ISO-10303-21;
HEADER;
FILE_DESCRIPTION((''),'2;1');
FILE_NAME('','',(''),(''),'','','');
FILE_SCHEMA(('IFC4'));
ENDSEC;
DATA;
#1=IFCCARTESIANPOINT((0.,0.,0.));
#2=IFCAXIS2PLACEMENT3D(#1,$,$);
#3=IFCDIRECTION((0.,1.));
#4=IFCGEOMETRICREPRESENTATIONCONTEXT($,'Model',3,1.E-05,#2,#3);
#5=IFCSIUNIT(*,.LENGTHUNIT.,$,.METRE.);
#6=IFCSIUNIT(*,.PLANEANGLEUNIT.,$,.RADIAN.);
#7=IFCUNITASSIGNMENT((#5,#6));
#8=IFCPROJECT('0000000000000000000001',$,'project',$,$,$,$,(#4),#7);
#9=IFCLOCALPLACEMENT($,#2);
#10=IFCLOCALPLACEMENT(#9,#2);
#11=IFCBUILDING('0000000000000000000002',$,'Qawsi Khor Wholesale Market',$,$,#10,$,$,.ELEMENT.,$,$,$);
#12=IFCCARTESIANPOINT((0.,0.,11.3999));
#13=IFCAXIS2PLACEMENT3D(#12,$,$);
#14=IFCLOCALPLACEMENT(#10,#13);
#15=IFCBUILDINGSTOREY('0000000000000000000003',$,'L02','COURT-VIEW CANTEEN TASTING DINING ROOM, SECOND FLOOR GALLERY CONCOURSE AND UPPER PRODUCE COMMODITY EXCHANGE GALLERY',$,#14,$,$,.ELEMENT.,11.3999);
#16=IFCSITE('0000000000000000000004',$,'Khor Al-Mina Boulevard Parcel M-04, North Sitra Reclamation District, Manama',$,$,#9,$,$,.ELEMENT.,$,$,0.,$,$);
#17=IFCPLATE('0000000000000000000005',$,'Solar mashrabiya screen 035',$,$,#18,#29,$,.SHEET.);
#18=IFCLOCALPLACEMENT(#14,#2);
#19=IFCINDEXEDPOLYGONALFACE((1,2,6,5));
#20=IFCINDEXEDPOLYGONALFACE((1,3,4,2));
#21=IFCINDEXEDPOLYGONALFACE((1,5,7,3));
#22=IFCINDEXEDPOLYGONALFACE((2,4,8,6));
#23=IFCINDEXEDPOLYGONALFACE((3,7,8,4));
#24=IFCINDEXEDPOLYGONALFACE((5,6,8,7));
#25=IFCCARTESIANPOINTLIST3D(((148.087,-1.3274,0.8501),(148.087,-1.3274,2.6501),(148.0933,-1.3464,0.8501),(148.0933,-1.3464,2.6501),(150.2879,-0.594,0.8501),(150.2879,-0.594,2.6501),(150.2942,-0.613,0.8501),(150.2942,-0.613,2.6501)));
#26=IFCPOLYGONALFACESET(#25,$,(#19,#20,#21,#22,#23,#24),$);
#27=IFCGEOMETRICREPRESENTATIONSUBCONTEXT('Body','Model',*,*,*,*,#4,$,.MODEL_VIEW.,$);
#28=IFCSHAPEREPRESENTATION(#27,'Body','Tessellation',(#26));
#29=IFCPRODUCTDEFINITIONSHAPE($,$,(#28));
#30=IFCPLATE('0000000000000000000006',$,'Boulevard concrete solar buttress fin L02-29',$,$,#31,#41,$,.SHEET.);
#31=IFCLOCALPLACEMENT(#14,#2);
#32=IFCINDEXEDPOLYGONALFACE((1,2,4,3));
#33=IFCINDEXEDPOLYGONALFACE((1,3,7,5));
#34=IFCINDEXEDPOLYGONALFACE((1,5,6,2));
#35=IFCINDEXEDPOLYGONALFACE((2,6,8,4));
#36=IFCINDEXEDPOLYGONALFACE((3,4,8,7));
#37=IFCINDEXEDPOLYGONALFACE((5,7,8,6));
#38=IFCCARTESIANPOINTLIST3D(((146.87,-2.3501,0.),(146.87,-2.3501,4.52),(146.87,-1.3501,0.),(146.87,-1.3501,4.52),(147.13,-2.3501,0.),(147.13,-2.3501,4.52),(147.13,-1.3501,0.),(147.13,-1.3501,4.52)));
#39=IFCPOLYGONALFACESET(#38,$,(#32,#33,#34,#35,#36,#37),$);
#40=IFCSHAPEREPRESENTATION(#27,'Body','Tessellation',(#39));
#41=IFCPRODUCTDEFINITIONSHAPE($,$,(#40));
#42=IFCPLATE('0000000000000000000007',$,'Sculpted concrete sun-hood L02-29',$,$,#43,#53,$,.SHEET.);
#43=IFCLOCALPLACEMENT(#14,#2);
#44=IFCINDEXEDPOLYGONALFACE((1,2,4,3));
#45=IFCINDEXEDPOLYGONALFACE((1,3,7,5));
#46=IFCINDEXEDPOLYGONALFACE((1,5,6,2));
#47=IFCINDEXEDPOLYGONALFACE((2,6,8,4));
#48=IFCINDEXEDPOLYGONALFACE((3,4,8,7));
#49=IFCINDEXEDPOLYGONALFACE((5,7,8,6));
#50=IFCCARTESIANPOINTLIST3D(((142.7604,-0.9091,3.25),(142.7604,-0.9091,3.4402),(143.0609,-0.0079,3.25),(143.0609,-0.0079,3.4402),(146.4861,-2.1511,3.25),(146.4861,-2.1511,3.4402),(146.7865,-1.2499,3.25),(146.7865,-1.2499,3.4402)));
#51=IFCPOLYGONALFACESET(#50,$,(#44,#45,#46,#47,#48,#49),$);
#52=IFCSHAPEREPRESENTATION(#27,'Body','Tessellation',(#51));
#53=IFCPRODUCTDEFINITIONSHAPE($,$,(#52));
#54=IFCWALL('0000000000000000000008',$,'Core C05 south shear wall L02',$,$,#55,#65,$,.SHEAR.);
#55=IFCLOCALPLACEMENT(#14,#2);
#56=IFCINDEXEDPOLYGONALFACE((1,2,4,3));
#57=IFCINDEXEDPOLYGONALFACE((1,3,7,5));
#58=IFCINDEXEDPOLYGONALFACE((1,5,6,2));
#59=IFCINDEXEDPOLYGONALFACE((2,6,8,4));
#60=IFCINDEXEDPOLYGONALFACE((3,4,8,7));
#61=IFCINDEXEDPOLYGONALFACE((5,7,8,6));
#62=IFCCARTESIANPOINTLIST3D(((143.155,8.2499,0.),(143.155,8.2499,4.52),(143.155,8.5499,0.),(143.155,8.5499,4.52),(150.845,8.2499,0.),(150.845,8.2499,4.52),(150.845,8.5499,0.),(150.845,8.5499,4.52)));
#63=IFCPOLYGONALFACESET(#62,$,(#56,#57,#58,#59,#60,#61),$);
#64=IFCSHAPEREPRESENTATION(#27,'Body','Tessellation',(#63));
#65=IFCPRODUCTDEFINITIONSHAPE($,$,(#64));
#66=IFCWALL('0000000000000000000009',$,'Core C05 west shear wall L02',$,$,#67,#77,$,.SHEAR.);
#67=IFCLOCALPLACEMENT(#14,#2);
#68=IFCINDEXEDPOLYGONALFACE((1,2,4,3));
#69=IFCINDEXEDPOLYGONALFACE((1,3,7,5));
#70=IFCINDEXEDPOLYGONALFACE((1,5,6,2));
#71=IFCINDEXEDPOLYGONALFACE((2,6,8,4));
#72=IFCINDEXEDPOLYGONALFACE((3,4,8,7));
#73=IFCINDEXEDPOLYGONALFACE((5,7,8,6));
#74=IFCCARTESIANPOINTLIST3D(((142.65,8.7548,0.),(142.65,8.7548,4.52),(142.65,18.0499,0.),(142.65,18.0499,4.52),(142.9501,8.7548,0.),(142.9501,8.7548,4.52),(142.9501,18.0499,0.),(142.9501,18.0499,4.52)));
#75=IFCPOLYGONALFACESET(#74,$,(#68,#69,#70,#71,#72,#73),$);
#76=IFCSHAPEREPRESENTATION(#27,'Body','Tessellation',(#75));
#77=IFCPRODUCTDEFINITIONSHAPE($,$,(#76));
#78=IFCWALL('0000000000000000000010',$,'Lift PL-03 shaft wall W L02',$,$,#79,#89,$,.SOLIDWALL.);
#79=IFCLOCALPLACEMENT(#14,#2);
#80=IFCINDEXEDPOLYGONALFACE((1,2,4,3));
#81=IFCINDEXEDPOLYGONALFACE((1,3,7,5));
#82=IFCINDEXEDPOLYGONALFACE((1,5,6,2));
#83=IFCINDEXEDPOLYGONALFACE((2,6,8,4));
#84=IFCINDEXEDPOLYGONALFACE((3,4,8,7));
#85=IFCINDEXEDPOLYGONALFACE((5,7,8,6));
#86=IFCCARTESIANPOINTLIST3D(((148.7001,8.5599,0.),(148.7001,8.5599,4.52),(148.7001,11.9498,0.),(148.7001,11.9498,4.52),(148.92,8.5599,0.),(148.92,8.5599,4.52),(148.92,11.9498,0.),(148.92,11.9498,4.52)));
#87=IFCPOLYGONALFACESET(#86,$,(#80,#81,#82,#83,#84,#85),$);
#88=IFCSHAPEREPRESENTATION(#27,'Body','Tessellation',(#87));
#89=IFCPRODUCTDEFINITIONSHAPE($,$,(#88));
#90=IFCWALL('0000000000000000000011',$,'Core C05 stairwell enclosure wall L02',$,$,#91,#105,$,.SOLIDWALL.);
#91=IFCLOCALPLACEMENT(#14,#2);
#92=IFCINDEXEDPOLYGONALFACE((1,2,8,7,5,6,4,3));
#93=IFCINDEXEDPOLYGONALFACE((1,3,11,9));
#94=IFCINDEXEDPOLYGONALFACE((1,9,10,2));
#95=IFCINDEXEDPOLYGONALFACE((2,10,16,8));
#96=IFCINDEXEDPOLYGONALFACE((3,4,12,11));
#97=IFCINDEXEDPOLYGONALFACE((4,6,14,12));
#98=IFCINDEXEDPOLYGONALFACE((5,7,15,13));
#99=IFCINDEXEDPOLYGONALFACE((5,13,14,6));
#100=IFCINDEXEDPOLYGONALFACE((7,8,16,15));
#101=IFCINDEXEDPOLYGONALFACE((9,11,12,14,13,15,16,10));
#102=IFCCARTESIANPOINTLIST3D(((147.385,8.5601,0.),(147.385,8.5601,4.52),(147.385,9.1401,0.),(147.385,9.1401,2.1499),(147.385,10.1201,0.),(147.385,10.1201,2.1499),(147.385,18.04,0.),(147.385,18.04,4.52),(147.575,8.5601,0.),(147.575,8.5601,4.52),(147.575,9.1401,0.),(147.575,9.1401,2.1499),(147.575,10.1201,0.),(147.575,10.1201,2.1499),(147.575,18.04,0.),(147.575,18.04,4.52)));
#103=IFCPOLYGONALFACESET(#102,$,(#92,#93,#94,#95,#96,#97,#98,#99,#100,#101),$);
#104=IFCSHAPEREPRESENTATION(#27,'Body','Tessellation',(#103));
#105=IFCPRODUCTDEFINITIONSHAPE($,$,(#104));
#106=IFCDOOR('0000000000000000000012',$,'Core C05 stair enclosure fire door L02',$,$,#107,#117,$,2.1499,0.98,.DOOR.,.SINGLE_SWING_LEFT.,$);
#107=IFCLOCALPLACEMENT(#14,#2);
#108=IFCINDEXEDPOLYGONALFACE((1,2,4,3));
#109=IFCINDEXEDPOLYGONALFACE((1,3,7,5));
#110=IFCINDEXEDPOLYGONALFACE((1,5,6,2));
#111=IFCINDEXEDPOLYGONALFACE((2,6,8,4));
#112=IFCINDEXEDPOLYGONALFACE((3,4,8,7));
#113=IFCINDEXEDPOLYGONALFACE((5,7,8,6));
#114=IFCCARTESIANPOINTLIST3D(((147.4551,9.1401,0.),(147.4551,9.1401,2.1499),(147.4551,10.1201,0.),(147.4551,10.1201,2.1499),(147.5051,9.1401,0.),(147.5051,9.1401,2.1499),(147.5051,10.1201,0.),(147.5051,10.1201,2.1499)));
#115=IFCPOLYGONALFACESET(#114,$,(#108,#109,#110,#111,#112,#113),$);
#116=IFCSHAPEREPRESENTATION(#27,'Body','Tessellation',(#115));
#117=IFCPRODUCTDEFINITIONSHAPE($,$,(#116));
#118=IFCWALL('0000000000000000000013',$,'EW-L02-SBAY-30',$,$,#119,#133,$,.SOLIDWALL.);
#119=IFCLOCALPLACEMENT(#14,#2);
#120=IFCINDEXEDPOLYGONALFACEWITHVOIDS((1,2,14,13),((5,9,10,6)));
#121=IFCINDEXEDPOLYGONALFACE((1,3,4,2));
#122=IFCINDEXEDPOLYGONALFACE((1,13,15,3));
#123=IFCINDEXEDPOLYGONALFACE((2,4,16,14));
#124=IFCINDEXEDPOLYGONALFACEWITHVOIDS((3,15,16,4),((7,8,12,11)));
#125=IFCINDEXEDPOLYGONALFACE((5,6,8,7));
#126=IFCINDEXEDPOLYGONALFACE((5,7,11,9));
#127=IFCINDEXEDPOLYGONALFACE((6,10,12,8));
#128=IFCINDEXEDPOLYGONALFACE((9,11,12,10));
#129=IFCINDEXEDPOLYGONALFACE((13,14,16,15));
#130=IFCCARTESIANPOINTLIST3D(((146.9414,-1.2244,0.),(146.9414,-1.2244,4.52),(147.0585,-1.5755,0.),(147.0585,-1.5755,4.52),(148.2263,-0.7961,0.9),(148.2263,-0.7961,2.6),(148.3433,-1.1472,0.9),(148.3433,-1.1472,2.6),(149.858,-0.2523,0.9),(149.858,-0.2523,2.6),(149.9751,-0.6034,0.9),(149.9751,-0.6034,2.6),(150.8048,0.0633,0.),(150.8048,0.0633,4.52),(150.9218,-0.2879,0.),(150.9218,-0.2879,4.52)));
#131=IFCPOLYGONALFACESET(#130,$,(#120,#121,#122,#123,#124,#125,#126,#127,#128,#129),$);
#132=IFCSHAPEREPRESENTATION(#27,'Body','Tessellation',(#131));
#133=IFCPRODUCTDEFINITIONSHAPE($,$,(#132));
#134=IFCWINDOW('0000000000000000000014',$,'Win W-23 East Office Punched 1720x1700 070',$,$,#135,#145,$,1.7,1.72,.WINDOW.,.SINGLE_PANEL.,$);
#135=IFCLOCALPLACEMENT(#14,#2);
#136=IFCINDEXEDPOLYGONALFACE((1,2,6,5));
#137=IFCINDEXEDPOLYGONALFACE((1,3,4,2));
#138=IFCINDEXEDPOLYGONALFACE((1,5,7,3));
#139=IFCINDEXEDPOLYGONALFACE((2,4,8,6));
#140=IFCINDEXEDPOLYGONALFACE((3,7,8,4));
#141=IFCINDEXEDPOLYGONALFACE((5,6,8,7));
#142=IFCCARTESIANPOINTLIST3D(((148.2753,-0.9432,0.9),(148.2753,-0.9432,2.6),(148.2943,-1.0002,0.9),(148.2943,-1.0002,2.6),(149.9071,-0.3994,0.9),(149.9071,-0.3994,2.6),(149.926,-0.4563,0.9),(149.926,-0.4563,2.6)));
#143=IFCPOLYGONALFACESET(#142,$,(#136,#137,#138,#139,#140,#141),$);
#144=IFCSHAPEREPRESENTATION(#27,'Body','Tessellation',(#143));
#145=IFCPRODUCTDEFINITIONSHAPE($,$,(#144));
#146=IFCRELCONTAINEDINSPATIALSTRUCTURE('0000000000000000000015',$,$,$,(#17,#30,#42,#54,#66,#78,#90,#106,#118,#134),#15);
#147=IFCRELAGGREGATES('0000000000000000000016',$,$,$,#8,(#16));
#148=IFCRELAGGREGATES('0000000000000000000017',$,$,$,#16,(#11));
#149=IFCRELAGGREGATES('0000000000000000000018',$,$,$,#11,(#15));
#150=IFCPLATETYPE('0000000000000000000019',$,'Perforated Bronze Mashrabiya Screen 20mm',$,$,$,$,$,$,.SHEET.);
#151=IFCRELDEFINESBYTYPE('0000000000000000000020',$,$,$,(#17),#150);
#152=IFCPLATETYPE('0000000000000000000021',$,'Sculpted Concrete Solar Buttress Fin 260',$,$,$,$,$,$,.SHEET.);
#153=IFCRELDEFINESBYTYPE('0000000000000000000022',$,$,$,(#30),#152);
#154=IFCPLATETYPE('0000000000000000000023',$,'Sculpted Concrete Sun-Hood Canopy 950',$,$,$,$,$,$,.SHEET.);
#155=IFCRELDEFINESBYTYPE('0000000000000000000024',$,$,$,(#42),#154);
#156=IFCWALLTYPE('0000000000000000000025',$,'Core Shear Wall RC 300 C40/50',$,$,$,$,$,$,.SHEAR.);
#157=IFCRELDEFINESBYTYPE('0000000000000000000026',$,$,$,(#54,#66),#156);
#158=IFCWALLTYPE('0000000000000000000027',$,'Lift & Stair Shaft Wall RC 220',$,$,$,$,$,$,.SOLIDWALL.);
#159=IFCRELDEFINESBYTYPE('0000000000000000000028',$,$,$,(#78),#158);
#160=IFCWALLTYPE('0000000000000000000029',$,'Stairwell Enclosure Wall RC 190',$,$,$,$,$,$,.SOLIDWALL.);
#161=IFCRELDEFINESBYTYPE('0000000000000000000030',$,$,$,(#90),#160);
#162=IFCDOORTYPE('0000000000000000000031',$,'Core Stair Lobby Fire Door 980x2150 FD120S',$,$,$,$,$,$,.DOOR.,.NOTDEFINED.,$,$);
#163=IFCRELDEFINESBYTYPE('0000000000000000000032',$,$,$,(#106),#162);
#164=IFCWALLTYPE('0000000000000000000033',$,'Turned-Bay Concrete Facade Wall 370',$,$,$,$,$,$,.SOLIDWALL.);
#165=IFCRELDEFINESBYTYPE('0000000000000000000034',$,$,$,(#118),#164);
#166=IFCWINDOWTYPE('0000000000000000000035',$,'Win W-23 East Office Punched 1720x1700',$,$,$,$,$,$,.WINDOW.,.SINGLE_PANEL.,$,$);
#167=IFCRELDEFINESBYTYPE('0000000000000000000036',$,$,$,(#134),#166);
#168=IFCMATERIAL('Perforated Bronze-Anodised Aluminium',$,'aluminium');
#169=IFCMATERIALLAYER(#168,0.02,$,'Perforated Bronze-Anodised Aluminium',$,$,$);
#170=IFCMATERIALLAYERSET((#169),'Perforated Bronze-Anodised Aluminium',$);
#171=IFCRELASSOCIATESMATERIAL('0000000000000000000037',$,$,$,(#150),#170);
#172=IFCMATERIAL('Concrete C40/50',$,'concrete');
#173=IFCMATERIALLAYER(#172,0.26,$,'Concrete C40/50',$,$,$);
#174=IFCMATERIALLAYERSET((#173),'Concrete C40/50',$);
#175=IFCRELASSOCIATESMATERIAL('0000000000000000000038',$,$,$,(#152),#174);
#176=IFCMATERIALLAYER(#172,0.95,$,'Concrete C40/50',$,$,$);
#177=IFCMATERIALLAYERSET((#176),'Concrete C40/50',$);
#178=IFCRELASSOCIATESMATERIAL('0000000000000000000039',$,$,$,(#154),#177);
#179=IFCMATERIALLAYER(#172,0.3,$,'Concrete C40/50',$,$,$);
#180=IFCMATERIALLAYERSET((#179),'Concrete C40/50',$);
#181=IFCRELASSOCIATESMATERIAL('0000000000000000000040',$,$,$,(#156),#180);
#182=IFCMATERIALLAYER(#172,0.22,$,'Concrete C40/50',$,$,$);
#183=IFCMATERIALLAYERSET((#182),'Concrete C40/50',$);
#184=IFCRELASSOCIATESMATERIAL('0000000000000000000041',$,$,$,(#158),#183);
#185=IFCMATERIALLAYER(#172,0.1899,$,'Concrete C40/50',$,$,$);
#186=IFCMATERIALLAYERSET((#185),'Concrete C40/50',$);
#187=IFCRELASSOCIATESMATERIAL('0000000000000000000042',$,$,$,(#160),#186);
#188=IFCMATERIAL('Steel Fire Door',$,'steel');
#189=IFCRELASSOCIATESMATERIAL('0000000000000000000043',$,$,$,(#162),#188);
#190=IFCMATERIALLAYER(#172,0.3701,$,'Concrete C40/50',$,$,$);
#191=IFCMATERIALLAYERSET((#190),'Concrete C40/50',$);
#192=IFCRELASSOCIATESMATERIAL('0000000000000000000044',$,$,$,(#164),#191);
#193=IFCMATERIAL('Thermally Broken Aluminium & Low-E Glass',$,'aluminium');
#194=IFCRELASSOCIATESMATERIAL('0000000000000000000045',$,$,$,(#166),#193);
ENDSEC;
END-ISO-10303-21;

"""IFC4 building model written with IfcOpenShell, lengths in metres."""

from ifc_helpers import new_model, si_unit, direction, frame, frame_2d, origin, place, context, subcontext, project, spatial, rectangle, extrude, material, layer, layer_set, type_object, element, fill, save


model = new_model("IFC4")

# Units and contexts
model_context = context("Model", 3, precision=1e-05, world=origin(), true_north=direction((0.0, 1.0)))
body_context = subcontext(model_context, "Body", "Model", "MODEL_VIEW")
ifc_project = project(units=[si_unit("LENGTHUNIT", "METRE"), si_unit("PLANEANGLEUNIT", "RADIAN")], contexts=[model_context])

# Site, building, storey
site_placement = place(None, origin())
site = spatial("IfcSite", under=ifc_project, at=site_placement, Name="Khor Al-Mina Boulevard Parcel M-04, North Sitra Reclamation District, Manama", CompositionType="ELEMENT", RefElevation=0.0)
building_placement = place(site_placement, origin())
building = spatial("IfcBuilding", under=site, at=building_placement, Name="Qawsi Khor Wholesale Market", CompositionType="ELEMENT")
storey_placement = place(building_placement, frame((0.0, 0.0, 11.3999)))
storey = spatial("IfcBuildingStorey", under=building, at=storey_placement, Name="L02", Description="COURT-VIEW CANTEEN TASTING DINING ROOM, SECOND FLOOR GALLERY CONCOURSE AND UPPER PRODUCE COMMODITY EXCHANGE GALLERY", CompositionType="ELEMENT", Elevation=11.3999)

# Shared definitions
ifc_material_1 = material(Name="Concrete C40/50", Category="concrete")

# Plates
ifc_material_2 = material(Name="Perforated Bronze-Anodised Aluminium", Category="aluminium")
ifc_layer_1 = layer(ifc_material_2, 0.02, Name="Perforated Bronze-Anodised Aluminium")
ifc_layer_set_1 = layer_set([ifc_layer_1], Name="Perforated Bronze-Anodised Aluminium")
plate_type_1 = type_object("IfcPlateType", Name="Perforated Bronze Mashrabiya Screen 20mm", PredefinedType="SHEET", material=ifc_layer_set_1)
plate_1_placement = place(storey_placement, frame((150.291, -0.6035, 0.8501), z_axis=(0.0, 0.0, 1.0), x_axis=(-0.948715, -0.316133, 0.0)))
element("IfcPlate", 1, at=plate_1_placement, inside=storey, type_object=plate_type_1, Name="Solar mashrabiya screen 035", PredefinedType="SHEET", context=body_context, shape_type="SweptSolid", body=[
    extrude(rectangle(XDim=2.3198, YDim=0.02, at=frame_2d((1.1599, 0.0))), origin(), (0.0, 0.0, 1.0), 1.8),
])
ifc_layer_2 = layer(ifc_material_1, 0.26, Name="Concrete C40/50")
ifc_layer_set_2 = layer_set([ifc_layer_2], Name="Concrete C40/50")
plate_type_2 = type_object("IfcPlateType", Name="Sculpted Concrete Solar Buttress Fin 260", PredefinedType="SHEET", material=ifc_layer_set_2)
plate_2_placement = place(storey_placement, frame((147.0, -2.3501, 0.0), z_axis=(0.0, 0.0, 1.0), x_axis=(0.0, 1.0, 0.0)))
element("IfcPlate", 2, at=plate_2_placement, inside=storey, type_object=plate_type_2, Name="Boulevard concrete solar buttress fin L02-29", PredefinedType="SHEET", context=body_context, shape_type="SweptSolid", body=[
    extrude(rectangle(XDim=1.0, YDim=0.26, at=frame_2d((0.5, 0.0))), origin(), (0.0, 0.0, 1.0), 4.52),
])
ifc_layer_3 = layer(ifc_material_1, 0.95, Name="Concrete C40/50")
ifc_layer_set_3 = layer_set([ifc_layer_3], Name="Concrete C40/50")
plate_type_3 = type_object("IfcPlateType", Name="Sculpted Concrete Sun-Hood Canopy 950", PredefinedType="SHEET", material=ifc_layer_set_3)
plate_3_placement = place(storey_placement, frame((142.9106, -0.4585, 3.25), z_axis=(0.0, 0.0, 1.0), x_axis=(0.948677, -0.316246, 0.0)))
element("IfcPlate", 3, at=plate_3_placement, inside=storey, type_object=plate_type_3, Name="Sculpted concrete sun-hood L02-29", PredefinedType="SHEET", context=body_context, shape_type="SweptSolid", body=[
    extrude(rectangle(XDim=3.9272, YDim=0.95, at=frame_2d((1.9636, 0.0))), origin(), (0.0, 0.0, 1.0), 0.1902),
])

# Walls
ifc_layer_4 = layer(ifc_material_1, 0.3, Name="Concrete C40/50")
ifc_layer_set_4 = layer_set([ifc_layer_4], Name="Concrete C40/50")
wall_type_1 = type_object("IfcWallType", Name="Core Shear Wall RC 300 C40/50", PredefinedType="SHEAR", material=ifc_layer_set_4)
wall_1_placement = place(storey_placement, frame((150.845, 8.3999, 0.0), z_axis=(0.0, 0.0, 1.0), x_axis=(-1.0, 0.0, 0.0)))
element("IfcWall", 4, at=wall_1_placement, inside=storey, type_object=wall_type_1, Name="Core C05 south shear wall L02", PredefinedType="SHEAR", context=body_context, shape_type="SweptSolid", body=[
    extrude(rectangle(XDim=7.6899, YDim=0.3, at=frame_2d((3.845, 0.0))), origin(), (0.0, 0.0, 1.0), 4.52),
])
wall_2_placement = place(storey_placement, frame((142.8, 8.7549, 0.0), z_axis=(0.0, 0.0, 1.0), x_axis=(0.0, 1.0, 0.0)))
element("IfcWall", 5, at=wall_2_placement, inside=storey, type_object=wall_type_1, Name="Core C05 west shear wall L02", PredefinedType="SHEAR", context=body_context, shape_type="SweptSolid", body=[
    extrude(rectangle(XDim=9.2952, YDim=0.3, at=frame_2d((4.6475, 0.0))), origin(), (0.0, 0.0, 1.0), 4.52),
])
ifc_layer_5 = layer(ifc_material_1, 0.22, Name="Concrete C40/50")
ifc_layer_set_5 = layer_set([ifc_layer_5], Name="Concrete C40/50")
wall_type_2 = type_object("IfcWallType", Name="Lift & Stair Shaft Wall RC 220", PredefinedType="SOLIDWALL", material=ifc_layer_set_5)
wall_3_placement = place(storey_placement, frame((148.8101, 8.5601, 0.0), z_axis=(0.0, 0.0, 1.0), x_axis=(0.0, 1.0, 0.0)))
element("IfcWall", 6, at=wall_3_placement, inside=storey, type_object=wall_type_2, Name="Lift PL-03 shaft wall W L02", PredefinedType="SOLIDWALL", context=body_context, shape_type="SweptSolid", body=[
    extrude(rectangle(XDim=3.3899, YDim=0.22, at=frame_2d((1.6948, 0.0))), origin(), (0.0, 0.0, 1.0), 4.52),
])

# Wall, opening, door
ifc_layer_6 = layer(ifc_material_1, 0.1899, Name="Concrete C40/50")
ifc_layer_set_6 = layer_set([ifc_layer_6], Name="Concrete C40/50")
wall_type_3 = type_object("IfcWallType", Name="Stairwell Enclosure Wall RC 190", PredefinedType="SOLIDWALL", material=ifc_layer_set_6)
wall_4_placement = place(storey_placement, frame((147.48, 8.5601, 0.0), z_axis=(0.0, 0.0, 1.0), x_axis=(0.0, 1.0, 0.0)))
wall_4 = element("IfcWall", 7, at=wall_4_placement, inside=storey, type_object=wall_type_3, Name="Core C05 stairwell enclosure wall L02", PredefinedType="SOLIDWALL", context=body_context, shape_type="SweptSolid", body=[
    extrude(rectangle(XDim=9.48, YDim=0.1899, at=frame_2d((4.74, 0.0))), origin(), (0.0, 0.0, 1.0), 4.52),
])
opening_1_placement = place(wall_4_placement, frame((0.5801, 0.0, 0.0)))
opening_1 = element("IfcOpeningElement", 8, at=opening_1_placement, cuts=wall_4, PredefinedType="OPENING", context=body_context, shape_type="SweptSolid", body=[
    extrude(rectangle(XDim=0.98, YDim=2.1499, at=frame_2d((0.49, 1.075))), frame((0.0, 0.105, 0.0), z_axis=(0.0, -1.0, 0.0), x_axis=(1.0, 0.0, 0.0)), (0.0, 0.0, 1.0), 0.21),
])
ifc_material_3 = material(Name="Steel Fire Door", Category="steel")
door_type = type_object("IfcDoorType", Name="Core Stair Lobby Fire Door 980x2150 FD120S", OperationType="NOTDEFINED", PredefinedType="DOOR", material=ifc_material_3)
door_placement = place(opening_1_placement, origin())
door = element("IfcDoor", 9, at=door_placement, inside=storey, type_object=door_type, Name="Core C05 stair enclosure fire door L02", OperationType="SINGLE_SWING_LEFT", OverallHeight=2.1499, OverallWidth=0.98, PredefinedType="DOOR", context=body_context, shape_type="SweptSolid", body=[
    extrude(rectangle(XDim=0.98, YDim=2.1499, at=frame_2d((0.49, 1.075))), frame((0.0, 0.0249, 0.0), z_axis=(0.0, -1.0, 0.0), x_axis=(1.0, 0.0, 0.0)), (0.0, 0.0, 1.0), 0.05),
])
fill(opening_1, door)

# Wall, opening, window
ifc_layer_7 = layer(ifc_material_1, 0.3701, Name="Concrete C40/50")
ifc_layer_set_7 = layer_set([ifc_layer_7], Name="Concrete C40/50")
wall_type_4 = type_object("IfcWallType", Name="Turned-Bay Concrete Facade Wall 370", PredefinedType="SOLIDWALL", material=ifc_layer_set_7)
wall_5_placement = place(storey_placement, frame((150.8633, -0.1123, 0.0), z_axis=(0.0, 0.0, 1.0), x_axis=(-0.948695, -0.316192, 0.0)))
wall_5 = element("IfcWall", 10, at=wall_5_placement, inside=storey, type_object=wall_type_4, Name="EW-L02-SBAY-30", PredefinedType="SOLIDWALL", context=body_context, shape_type="SweptSolid", body=[
    extrude(rectangle(XDim=4.0723, YDim=0.3701, at=frame_2d((2.0361, 0.0))), origin(), (0.0, 0.0, 1.0), 4.52),
])
opening_2_placement = place(wall_5_placement, frame((0.998, 0.0, 0.8999)))
opening_2 = element("IfcOpeningElement", 11, at=opening_2_placement, cuts=wall_5, PredefinedType="OPENING", context=body_context, shape_type="SweptSolid", body=[
    extrude(rectangle(XDim=1.72, YDim=1.7, at=frame_2d((0.8599, 0.8501))), frame((0.0, 0.1951, 0.0), z_axis=(0.0, -1.0, 0.0), x_axis=(1.0, 0.0, 0.0)), (0.0, 0.0, 1.0), 0.3901),
])
ifc_material_4 = material(Name="Thermally Broken Aluminium & Low-E Glass", Category="aluminium")
window_type_1 = type_object("IfcWindowType", Name="Win W-23 East Office Punched 1720x1700", PartitioningType="SINGLE_PANEL", PredefinedType="WINDOW", material=ifc_material_4)
window_1_placement = place(opening_2_placement, origin())
window_1 = element("IfcWindow", 12, at=window_1_placement, inside=storey, type_object=window_type_1, Name="Win W-23 East Office Punched 1720x1700 070", OverallHeight=1.7, OverallWidth=1.72, PartitioningType="SINGLE_PANEL", PredefinedType="WINDOW", context=body_context, shape_type="SweptSolid", body=[
    extrude(rectangle(XDim=1.72, YDim=1.7, at=frame_2d((0.8599, 0.8501))), frame((0.0, 0.03, 0.0), z_axis=(0.0, -1.0, 0.0), x_axis=(1.0, 0.0, 0.0)), (0.0, 0.0, 1.0), 0.0601),
])
fill(opening_2, window_1)

save(model, "model.ifc")
